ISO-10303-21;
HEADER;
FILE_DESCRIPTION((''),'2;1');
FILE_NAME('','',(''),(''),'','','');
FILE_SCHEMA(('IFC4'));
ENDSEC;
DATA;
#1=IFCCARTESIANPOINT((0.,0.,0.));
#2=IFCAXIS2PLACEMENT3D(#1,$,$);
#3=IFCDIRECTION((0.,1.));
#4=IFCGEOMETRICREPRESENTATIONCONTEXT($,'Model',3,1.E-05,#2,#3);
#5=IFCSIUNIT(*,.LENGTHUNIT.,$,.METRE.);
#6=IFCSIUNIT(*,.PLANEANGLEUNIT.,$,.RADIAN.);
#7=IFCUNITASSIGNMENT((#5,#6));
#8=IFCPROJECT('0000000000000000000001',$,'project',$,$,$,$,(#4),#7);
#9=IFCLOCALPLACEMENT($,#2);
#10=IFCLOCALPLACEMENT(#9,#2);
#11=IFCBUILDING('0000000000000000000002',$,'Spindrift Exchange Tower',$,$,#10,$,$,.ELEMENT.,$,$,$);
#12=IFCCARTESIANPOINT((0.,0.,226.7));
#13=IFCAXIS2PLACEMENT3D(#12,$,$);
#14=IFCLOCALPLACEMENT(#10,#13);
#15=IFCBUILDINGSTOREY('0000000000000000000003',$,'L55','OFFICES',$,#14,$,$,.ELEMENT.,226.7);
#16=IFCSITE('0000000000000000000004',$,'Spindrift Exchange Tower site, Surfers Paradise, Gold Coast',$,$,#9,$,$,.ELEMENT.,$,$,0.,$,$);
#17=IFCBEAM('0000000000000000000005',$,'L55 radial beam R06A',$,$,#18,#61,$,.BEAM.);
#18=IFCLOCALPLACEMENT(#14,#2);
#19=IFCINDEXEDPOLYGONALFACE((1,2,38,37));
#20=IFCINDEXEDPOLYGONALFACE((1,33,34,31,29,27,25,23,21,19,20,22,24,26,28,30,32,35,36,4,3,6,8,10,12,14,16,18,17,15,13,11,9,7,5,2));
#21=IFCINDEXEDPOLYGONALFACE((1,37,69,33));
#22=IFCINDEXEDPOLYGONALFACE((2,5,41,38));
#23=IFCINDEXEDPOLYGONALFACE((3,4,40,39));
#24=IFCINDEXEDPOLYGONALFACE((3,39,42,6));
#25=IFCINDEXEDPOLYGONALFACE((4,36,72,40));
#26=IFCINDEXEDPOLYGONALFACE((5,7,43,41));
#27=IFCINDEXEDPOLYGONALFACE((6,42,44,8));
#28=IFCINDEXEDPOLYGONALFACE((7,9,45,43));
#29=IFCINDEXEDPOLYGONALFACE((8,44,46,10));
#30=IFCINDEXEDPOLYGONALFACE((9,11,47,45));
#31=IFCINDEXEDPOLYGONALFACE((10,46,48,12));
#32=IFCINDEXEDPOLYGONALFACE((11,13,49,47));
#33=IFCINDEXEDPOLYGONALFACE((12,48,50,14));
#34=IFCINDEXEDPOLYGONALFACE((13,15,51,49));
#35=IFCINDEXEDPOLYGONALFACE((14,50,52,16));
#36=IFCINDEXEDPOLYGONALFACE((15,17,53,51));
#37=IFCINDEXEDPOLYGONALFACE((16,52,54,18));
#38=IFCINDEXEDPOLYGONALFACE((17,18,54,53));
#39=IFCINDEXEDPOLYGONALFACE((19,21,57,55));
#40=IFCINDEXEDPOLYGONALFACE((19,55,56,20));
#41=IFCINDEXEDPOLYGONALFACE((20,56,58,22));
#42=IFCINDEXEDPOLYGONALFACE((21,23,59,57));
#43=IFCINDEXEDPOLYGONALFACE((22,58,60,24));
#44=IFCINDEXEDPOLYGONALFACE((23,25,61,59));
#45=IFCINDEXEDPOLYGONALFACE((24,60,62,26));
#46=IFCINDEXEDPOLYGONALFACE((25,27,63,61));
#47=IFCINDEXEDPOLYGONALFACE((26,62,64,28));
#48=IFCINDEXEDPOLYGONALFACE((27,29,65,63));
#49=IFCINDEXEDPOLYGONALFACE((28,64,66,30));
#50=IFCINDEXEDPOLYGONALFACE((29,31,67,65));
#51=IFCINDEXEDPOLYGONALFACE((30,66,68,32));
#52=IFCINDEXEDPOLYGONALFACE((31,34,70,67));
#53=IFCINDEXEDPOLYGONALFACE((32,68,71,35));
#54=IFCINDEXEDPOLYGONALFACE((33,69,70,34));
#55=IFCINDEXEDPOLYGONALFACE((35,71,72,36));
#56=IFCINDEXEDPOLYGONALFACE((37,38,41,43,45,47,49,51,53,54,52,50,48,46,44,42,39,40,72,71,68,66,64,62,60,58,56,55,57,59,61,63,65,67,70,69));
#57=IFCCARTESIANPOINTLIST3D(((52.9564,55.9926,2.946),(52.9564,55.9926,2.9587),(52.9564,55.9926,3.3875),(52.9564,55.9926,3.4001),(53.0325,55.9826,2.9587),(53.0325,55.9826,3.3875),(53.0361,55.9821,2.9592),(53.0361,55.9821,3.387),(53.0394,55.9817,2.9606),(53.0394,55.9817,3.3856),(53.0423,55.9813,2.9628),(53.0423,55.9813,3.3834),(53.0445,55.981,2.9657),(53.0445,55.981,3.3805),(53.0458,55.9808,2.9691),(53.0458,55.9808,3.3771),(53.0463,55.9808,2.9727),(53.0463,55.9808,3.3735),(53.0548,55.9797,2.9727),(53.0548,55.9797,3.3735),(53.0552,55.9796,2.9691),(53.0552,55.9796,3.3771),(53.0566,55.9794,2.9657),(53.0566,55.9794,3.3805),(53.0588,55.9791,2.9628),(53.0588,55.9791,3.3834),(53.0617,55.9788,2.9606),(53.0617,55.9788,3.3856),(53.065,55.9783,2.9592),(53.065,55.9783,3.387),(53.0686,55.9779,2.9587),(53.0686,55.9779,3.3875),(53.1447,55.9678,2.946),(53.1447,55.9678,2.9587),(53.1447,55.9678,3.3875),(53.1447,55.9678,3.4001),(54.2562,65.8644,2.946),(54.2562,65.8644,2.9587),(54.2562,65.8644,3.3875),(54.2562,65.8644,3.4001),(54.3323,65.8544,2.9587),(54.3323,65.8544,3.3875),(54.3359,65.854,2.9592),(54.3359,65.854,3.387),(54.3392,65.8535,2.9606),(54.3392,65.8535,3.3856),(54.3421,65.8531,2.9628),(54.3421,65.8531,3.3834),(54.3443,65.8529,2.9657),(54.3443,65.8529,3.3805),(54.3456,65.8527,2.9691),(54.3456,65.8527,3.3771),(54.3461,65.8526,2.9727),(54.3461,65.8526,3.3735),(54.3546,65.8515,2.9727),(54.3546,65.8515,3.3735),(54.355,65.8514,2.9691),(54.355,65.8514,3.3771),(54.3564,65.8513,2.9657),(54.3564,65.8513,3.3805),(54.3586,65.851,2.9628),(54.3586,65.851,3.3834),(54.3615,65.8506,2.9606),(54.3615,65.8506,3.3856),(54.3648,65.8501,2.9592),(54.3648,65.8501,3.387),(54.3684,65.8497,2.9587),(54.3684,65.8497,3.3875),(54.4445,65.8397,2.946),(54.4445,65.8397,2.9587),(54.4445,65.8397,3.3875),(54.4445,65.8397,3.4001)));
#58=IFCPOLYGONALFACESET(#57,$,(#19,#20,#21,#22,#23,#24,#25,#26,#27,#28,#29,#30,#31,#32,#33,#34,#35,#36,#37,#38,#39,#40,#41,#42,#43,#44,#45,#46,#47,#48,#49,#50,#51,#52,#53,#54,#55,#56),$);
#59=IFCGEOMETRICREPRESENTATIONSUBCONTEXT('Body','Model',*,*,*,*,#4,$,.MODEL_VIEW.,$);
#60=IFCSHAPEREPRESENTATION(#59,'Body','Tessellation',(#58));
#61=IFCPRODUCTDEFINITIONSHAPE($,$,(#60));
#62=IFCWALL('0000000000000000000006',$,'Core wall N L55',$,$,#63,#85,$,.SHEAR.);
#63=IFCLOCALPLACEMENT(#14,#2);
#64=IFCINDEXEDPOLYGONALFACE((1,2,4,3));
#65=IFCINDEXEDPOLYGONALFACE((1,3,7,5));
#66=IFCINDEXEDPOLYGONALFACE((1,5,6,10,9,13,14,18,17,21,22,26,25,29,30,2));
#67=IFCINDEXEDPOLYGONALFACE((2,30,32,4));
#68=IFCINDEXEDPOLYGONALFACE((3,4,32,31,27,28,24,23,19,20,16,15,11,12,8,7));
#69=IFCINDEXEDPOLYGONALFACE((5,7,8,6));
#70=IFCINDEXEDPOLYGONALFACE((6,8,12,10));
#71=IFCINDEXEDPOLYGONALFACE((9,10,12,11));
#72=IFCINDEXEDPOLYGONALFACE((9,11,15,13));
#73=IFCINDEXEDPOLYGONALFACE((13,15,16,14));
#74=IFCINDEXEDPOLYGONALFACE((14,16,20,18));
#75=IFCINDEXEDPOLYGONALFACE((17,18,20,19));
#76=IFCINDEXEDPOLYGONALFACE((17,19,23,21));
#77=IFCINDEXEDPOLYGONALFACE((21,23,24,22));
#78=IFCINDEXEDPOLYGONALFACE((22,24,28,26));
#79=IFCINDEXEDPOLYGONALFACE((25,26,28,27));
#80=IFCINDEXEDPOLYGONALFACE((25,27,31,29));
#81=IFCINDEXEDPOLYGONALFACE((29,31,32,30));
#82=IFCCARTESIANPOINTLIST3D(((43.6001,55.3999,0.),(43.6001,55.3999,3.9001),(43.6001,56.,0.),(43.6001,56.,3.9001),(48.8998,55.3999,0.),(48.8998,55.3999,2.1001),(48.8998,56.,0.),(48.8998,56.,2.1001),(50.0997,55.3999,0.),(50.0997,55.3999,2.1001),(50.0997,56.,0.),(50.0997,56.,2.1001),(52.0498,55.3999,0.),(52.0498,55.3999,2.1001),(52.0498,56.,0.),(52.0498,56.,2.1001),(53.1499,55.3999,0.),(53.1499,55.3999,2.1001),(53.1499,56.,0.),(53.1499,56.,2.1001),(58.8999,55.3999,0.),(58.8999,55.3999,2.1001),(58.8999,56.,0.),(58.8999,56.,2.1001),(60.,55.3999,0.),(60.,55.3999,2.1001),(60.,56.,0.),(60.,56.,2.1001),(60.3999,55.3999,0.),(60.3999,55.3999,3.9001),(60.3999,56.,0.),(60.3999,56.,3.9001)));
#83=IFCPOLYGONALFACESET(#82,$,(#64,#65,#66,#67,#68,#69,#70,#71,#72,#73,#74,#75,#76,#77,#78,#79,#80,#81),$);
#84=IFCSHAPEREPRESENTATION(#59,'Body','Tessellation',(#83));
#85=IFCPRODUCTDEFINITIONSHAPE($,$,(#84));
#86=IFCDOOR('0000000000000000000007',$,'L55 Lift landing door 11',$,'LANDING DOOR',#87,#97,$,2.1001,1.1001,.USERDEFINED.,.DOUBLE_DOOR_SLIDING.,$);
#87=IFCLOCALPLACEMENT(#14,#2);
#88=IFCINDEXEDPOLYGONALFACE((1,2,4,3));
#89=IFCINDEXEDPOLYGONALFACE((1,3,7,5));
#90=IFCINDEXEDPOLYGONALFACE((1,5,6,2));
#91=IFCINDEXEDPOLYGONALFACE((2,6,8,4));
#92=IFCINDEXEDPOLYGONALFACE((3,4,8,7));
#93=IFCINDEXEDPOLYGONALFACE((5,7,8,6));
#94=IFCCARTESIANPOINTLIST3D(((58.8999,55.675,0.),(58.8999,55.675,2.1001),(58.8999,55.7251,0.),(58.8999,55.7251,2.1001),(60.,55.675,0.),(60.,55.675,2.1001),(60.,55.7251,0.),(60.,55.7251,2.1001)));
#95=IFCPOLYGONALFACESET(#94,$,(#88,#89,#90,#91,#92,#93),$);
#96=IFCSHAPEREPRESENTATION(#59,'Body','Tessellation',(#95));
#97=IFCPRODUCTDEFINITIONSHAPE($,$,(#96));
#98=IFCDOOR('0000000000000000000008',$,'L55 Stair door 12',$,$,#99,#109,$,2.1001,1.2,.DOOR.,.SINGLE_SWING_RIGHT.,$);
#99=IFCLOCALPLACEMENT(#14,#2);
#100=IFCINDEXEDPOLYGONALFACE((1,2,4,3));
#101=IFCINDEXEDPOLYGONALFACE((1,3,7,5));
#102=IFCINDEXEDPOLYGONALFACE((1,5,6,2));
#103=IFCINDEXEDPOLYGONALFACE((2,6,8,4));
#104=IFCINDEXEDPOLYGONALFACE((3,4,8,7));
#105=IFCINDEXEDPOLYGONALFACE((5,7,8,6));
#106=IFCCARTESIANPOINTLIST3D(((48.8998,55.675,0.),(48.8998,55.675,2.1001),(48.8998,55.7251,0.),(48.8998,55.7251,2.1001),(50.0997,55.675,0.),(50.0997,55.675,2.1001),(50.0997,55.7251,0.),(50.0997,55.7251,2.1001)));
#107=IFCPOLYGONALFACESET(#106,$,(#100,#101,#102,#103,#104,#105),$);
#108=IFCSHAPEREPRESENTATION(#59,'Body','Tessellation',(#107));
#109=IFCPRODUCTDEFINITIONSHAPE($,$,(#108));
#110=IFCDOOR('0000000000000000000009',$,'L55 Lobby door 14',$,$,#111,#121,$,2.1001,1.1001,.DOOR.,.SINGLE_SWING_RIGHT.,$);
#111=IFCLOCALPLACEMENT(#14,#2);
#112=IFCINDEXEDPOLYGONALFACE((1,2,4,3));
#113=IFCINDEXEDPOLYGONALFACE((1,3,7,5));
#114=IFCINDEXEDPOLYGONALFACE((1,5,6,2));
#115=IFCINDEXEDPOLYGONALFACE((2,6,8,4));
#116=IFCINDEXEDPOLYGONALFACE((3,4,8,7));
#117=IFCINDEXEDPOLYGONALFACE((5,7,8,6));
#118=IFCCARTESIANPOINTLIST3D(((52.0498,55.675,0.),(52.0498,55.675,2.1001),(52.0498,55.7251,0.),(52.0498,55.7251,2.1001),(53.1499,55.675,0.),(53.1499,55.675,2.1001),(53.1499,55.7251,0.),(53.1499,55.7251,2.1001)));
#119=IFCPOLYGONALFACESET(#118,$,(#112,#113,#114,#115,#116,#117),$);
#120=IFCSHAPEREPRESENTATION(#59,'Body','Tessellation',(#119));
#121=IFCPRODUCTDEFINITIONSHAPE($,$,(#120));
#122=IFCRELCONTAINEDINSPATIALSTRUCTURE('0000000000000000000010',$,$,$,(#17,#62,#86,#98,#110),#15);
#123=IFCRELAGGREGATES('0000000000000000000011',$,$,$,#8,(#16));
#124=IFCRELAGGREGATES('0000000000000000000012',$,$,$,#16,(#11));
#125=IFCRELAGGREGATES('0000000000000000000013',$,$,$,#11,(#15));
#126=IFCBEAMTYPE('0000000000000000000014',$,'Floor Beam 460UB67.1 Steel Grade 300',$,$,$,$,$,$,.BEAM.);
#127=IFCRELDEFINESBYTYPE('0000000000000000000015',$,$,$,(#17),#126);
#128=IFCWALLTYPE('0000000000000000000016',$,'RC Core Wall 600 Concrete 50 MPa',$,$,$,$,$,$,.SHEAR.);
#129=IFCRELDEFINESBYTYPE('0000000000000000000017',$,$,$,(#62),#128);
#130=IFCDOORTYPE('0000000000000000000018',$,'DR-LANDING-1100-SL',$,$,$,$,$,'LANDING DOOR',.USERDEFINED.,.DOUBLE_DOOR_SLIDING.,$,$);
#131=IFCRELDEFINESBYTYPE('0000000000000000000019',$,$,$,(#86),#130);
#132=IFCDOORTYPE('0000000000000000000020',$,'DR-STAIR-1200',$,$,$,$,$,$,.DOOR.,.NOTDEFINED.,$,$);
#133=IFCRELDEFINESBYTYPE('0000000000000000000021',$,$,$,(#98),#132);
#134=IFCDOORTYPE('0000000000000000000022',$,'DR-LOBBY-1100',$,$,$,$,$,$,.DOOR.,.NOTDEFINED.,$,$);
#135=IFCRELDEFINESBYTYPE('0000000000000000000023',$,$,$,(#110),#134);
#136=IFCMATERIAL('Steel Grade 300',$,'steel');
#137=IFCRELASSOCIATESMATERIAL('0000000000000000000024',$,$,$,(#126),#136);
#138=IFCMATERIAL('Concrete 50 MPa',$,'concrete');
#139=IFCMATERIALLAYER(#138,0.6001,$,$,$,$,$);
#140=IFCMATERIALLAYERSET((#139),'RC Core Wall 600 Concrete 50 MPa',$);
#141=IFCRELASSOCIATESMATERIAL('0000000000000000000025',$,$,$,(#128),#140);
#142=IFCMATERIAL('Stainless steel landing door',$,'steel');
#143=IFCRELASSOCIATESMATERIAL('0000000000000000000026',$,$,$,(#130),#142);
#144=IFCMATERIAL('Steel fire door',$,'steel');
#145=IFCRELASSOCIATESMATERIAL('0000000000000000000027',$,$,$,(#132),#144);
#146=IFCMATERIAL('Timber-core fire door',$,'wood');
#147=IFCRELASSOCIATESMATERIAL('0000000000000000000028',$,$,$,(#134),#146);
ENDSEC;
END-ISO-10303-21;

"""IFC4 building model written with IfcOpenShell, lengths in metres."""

from ifc_helpers import new_model, si_unit, direction, frame, frame_2d, origin, origin_2d, place, context, subcontext, project, spatial, rectangle, i_section, extrude, source, transform, mapped, material, layer, layer_set, material_profile, profile_set, type_object, element, fill, save


model = new_model("IFC4")

# Units and contexts
model_context = context("Model", 3, precision=1e-05, world=origin(), true_north=direction((0.0, 1.0)))
body_context = subcontext(model_context, "Body", "Model", "MODEL_VIEW")
ifc_project = project(units=[si_unit("LENGTHUNIT", "METRE"), si_unit("PLANEANGLEUNIT", "RADIAN")], contexts=[model_context])

# Site, building, storey
site_placement = place(None, origin())
site = spatial("IfcSite", under=ifc_project, at=site_placement, Name="Spindrift Exchange Tower site, Surfers Paradise, Gold Coast", CompositionType="ELEMENT", RefElevation=0.0)
building_placement = place(site_placement, origin())
building = spatial("IfcBuilding", under=site, at=building_placement, Name="Spindrift Exchange Tower", CompositionType="ELEMENT")
storey_placement = place(building_placement, frame((0.0, 0.0, 226.7)))
storey = spatial("IfcBuildingStorey", under=building, at=storey_placement, Name="L55", Description="OFFICES", CompositionType="ELEMENT", Elevation=226.7)

# Beam
ifc_material_1 = material(Name="Steel Grade 300", Category="steel")
ifc_material_profile_1 = material_profile(ifc_material_1, i_section(OverallWidth=0.1899, OverallDepth=0.4541, WebThickness=0.0085, FlangeThickness=0.0127, FilletRadius=0.0139, at=origin_2d()), Name="460UB67.1")
ifc_profile_set_1 = profile_set([ifc_material_profile_1], Name="Steel Grade 300")
beam_type_1 = type_object("IfcBeamType", Name="Floor Beam 460UB67.1 Steel Grade 300", PredefinedType="BEAM", material=ifc_profile_set_1)
shared_shape_1 = source(origin(), body_context, "Body", "SweptSolid", [
    extrude(i_section(OverallWidth=0.1899, OverallDepth=0.4541, WebThickness=0.0085, FlangeThickness=0.0127, FilletRadius=0.0139, at=origin_2d()), origin(), (0.0, 0.0, 1.0), 9.957),
])
beam_1_placement = place(storey_placement, frame((53.0505, 55.9802, 3.1731), z_axis=(0.130541, 0.991443, 0.0), x_axis=(-0.991443, 0.130541, 0.0)))
element("IfcBeam", 1, at=beam_1_placement, inside=storey, type_object=beam_type_1, Name="L55 radial beam R06A", PredefinedType="BEAM", context=body_context, shape_type="MappedRepresentation", body=[
    mapped(shared_shape_1, transform((0.0, 0.0, 0.0), scale=1.0)),
])

# Wall, openings, doors
ifc_material_2 = material(Name="Concrete 50 MPa", Category="concrete")
ifc_layer_1 = layer(ifc_material_2, 0.6001)
ifc_layer_set_1 = layer_set([ifc_layer_1], Name="RC Core Wall 600 Concrete 50 MPa")
wall_type_1 = type_object("IfcWallType", Name="RC Core Wall 600 Concrete 50 MPa", PredefinedType="SHEAR", material=ifc_layer_set_1)
wall_1_placement = place(storey_placement, frame((60.3999, 55.7, 0.0), z_axis=(0.0, 0.0, 1.0), x_axis=(-1.0, 0.0, 0.0)))
wall_1 = element("IfcWall", 2, at=wall_1_placement, inside=storey, type_object=wall_type_1, Name="Core wall N L55", PredefinedType="SHEAR", context=body_context, shape_type="SweptSolid", body=[
    extrude(rectangle(XDim=16.7998, YDim=0.6001, at=frame_2d((8.3999, 0.0))), origin(), (0.0, 0.0, 1.0), 3.9001),
])
opening_1_placement = place(wall_1_placement, frame((0.3999, 0.0, 0.0)))
opening_1 = element("IfcOpeningElement", 3, at=opening_1_placement, cuts=wall_1, PredefinedType="OPENING", context=body_context, shape_type="SweptSolid", body=[
    extrude(rectangle(XDim=1.1001, YDim=2.1001, at=frame_2d((0.55, 1.05))), frame((0.0, 0.3101, 0.0), z_axis=(0.0, -1.0, 0.0), x_axis=(1.0, 0.0, 0.0)), (0.0, 0.0, 1.0), 0.6201),
])
opening_2_placement = place(wall_1_placement, frame((10.3, 0.0, 0.0)))
opening_2 = element("IfcOpeningElement", 4, at=opening_2_placement, cuts=wall_1, PredefinedType="OPENING", context=body_context, shape_type="SweptSolid", body=[
    extrude(rectangle(XDim=1.2, YDim=2.1001, at=frame_2d((0.6001, 1.05))), frame((0.0, 0.3101, 0.0), z_axis=(0.0, -1.0, 0.0), x_axis=(1.0, 0.0, 0.0)), (0.0, 0.0, 1.0), 0.6201),
])
opening_3_placement = place(wall_1_placement, frame((7.25, 0.0, 0.0)))
opening_3 = element("IfcOpeningElement", 5, at=opening_3_placement, cuts=wall_1, PredefinedType="OPENING", context=body_context, shape_type="SweptSolid", body=[
    extrude(rectangle(XDim=1.1001, YDim=2.1001, at=frame_2d((0.55, 1.05))), frame((0.0, 0.3101, 0.0), z_axis=(0.0, -1.0, 0.0), x_axis=(1.0, 0.0, 0.0)), (0.0, 0.0, 1.0), 0.6201),
])
ifc_material_3 = material(Name="Stainless steel landing door", Category="steel")
door_type_1 = type_object("IfcDoorType", Name="DR-LANDING-1100-SL", ElementType="LANDING DOOR", OperationType="DOUBLE_DOOR_SLIDING", PredefinedType="USERDEFINED", material=ifc_material_3)
shared_shape_2 = source(origin(), body_context, "Body", "SweptSolid", [
    extrude(rectangle(XDim=1.1001, YDim=2.1001, at=frame_2d((0.55, 1.05))), frame((0.0, 0.0249, 0.0), z_axis=(0.0, -1.0, 0.0), x_axis=(1.0, 0.0, 0.0)), (0.0, 0.0, 1.0), 0.05),
])
door_1_placement = place(opening_1_placement, origin())
door_1 = element("IfcDoor", 6, at=door_1_placement, inside=storey, type_object=door_type_1, Name="L55 Lift landing door 11", ObjectType="LANDING DOOR", OperationType="DOUBLE_DOOR_SLIDING", OverallHeight=2.1001, OverallWidth=1.1001, PredefinedType="USERDEFINED", context=body_context, shape_type="MappedRepresentation", body=[
    mapped(shared_shape_2, transform((0.0, 0.0, 0.0), scale=1.0)),
])
fill(opening_1, door_1)
ifc_material_4 = material(Name="Steel fire door", Category="steel")
door_type_2 = type_object("IfcDoorType", Name="DR-STAIR-1200", OperationType="NOTDEFINED", PredefinedType="DOOR", material=ifc_material_4)
shared_shape_3 = source(origin(), body_context, "Body", "SweptSolid", [
    extrude(rectangle(XDim=1.2, YDim=2.1001, at=frame_2d((0.6001, 1.05))), frame((0.0, 0.0249, 0.0), z_axis=(0.0, -1.0, 0.0), x_axis=(1.0, 0.0, 0.0)), (0.0, 0.0, 1.0), 0.05),
])
door_2_placement = place(opening_2_placement, origin())
door_2 = element("IfcDoor", 7, at=door_2_placement, inside=storey, type_object=door_type_2, Name="L55 Stair door 12", OperationType="SINGLE_SWING_RIGHT", OverallHeight=2.1001, OverallWidth=1.2, PredefinedType="DOOR", context=body_context, shape_type="MappedRepresentation", body=[
    mapped(shared_shape_3, transform((0.0, 0.0, 0.0), scale=1.0)),
])
fill(opening_2, door_2)
ifc_material_5 = material(Name="Timber-core fire door", Category="wood")
door_type_3 = type_object("IfcDoorType", Name="DR-LOBBY-1100", OperationType="NOTDEFINED", PredefinedType="DOOR", material=ifc_material_5)
shared_shape_4 = source(origin(), body_context, "Body", "SweptSolid", [
    extrude(rectangle(XDim=1.1001, YDim=2.1001, at=frame_2d((0.55, 1.05))), frame((0.0, 0.0249, 0.0), z_axis=(0.0, -1.0, 0.0), x_axis=(1.0, 0.0, 0.0)), (0.0, 0.0, 1.0), 0.05),
])
door_3_placement = place(opening_3_placement, origin())
door_3 = element("IfcDoor", 8, at=door_3_placement, inside=storey, type_object=door_type_3, Name="L55 Lobby door 14", OperationType="SINGLE_SWING_RIGHT", OverallHeight=2.1001, OverallWidth=1.1001, PredefinedType="DOOR", context=body_context, shape_type="MappedRepresentation", body=[
    mapped(shared_shape_4, transform((0.0, 0.0, 0.0), scale=1.0)),
])
fill(opening_3, door_3)

save(model, "model.ifc")
